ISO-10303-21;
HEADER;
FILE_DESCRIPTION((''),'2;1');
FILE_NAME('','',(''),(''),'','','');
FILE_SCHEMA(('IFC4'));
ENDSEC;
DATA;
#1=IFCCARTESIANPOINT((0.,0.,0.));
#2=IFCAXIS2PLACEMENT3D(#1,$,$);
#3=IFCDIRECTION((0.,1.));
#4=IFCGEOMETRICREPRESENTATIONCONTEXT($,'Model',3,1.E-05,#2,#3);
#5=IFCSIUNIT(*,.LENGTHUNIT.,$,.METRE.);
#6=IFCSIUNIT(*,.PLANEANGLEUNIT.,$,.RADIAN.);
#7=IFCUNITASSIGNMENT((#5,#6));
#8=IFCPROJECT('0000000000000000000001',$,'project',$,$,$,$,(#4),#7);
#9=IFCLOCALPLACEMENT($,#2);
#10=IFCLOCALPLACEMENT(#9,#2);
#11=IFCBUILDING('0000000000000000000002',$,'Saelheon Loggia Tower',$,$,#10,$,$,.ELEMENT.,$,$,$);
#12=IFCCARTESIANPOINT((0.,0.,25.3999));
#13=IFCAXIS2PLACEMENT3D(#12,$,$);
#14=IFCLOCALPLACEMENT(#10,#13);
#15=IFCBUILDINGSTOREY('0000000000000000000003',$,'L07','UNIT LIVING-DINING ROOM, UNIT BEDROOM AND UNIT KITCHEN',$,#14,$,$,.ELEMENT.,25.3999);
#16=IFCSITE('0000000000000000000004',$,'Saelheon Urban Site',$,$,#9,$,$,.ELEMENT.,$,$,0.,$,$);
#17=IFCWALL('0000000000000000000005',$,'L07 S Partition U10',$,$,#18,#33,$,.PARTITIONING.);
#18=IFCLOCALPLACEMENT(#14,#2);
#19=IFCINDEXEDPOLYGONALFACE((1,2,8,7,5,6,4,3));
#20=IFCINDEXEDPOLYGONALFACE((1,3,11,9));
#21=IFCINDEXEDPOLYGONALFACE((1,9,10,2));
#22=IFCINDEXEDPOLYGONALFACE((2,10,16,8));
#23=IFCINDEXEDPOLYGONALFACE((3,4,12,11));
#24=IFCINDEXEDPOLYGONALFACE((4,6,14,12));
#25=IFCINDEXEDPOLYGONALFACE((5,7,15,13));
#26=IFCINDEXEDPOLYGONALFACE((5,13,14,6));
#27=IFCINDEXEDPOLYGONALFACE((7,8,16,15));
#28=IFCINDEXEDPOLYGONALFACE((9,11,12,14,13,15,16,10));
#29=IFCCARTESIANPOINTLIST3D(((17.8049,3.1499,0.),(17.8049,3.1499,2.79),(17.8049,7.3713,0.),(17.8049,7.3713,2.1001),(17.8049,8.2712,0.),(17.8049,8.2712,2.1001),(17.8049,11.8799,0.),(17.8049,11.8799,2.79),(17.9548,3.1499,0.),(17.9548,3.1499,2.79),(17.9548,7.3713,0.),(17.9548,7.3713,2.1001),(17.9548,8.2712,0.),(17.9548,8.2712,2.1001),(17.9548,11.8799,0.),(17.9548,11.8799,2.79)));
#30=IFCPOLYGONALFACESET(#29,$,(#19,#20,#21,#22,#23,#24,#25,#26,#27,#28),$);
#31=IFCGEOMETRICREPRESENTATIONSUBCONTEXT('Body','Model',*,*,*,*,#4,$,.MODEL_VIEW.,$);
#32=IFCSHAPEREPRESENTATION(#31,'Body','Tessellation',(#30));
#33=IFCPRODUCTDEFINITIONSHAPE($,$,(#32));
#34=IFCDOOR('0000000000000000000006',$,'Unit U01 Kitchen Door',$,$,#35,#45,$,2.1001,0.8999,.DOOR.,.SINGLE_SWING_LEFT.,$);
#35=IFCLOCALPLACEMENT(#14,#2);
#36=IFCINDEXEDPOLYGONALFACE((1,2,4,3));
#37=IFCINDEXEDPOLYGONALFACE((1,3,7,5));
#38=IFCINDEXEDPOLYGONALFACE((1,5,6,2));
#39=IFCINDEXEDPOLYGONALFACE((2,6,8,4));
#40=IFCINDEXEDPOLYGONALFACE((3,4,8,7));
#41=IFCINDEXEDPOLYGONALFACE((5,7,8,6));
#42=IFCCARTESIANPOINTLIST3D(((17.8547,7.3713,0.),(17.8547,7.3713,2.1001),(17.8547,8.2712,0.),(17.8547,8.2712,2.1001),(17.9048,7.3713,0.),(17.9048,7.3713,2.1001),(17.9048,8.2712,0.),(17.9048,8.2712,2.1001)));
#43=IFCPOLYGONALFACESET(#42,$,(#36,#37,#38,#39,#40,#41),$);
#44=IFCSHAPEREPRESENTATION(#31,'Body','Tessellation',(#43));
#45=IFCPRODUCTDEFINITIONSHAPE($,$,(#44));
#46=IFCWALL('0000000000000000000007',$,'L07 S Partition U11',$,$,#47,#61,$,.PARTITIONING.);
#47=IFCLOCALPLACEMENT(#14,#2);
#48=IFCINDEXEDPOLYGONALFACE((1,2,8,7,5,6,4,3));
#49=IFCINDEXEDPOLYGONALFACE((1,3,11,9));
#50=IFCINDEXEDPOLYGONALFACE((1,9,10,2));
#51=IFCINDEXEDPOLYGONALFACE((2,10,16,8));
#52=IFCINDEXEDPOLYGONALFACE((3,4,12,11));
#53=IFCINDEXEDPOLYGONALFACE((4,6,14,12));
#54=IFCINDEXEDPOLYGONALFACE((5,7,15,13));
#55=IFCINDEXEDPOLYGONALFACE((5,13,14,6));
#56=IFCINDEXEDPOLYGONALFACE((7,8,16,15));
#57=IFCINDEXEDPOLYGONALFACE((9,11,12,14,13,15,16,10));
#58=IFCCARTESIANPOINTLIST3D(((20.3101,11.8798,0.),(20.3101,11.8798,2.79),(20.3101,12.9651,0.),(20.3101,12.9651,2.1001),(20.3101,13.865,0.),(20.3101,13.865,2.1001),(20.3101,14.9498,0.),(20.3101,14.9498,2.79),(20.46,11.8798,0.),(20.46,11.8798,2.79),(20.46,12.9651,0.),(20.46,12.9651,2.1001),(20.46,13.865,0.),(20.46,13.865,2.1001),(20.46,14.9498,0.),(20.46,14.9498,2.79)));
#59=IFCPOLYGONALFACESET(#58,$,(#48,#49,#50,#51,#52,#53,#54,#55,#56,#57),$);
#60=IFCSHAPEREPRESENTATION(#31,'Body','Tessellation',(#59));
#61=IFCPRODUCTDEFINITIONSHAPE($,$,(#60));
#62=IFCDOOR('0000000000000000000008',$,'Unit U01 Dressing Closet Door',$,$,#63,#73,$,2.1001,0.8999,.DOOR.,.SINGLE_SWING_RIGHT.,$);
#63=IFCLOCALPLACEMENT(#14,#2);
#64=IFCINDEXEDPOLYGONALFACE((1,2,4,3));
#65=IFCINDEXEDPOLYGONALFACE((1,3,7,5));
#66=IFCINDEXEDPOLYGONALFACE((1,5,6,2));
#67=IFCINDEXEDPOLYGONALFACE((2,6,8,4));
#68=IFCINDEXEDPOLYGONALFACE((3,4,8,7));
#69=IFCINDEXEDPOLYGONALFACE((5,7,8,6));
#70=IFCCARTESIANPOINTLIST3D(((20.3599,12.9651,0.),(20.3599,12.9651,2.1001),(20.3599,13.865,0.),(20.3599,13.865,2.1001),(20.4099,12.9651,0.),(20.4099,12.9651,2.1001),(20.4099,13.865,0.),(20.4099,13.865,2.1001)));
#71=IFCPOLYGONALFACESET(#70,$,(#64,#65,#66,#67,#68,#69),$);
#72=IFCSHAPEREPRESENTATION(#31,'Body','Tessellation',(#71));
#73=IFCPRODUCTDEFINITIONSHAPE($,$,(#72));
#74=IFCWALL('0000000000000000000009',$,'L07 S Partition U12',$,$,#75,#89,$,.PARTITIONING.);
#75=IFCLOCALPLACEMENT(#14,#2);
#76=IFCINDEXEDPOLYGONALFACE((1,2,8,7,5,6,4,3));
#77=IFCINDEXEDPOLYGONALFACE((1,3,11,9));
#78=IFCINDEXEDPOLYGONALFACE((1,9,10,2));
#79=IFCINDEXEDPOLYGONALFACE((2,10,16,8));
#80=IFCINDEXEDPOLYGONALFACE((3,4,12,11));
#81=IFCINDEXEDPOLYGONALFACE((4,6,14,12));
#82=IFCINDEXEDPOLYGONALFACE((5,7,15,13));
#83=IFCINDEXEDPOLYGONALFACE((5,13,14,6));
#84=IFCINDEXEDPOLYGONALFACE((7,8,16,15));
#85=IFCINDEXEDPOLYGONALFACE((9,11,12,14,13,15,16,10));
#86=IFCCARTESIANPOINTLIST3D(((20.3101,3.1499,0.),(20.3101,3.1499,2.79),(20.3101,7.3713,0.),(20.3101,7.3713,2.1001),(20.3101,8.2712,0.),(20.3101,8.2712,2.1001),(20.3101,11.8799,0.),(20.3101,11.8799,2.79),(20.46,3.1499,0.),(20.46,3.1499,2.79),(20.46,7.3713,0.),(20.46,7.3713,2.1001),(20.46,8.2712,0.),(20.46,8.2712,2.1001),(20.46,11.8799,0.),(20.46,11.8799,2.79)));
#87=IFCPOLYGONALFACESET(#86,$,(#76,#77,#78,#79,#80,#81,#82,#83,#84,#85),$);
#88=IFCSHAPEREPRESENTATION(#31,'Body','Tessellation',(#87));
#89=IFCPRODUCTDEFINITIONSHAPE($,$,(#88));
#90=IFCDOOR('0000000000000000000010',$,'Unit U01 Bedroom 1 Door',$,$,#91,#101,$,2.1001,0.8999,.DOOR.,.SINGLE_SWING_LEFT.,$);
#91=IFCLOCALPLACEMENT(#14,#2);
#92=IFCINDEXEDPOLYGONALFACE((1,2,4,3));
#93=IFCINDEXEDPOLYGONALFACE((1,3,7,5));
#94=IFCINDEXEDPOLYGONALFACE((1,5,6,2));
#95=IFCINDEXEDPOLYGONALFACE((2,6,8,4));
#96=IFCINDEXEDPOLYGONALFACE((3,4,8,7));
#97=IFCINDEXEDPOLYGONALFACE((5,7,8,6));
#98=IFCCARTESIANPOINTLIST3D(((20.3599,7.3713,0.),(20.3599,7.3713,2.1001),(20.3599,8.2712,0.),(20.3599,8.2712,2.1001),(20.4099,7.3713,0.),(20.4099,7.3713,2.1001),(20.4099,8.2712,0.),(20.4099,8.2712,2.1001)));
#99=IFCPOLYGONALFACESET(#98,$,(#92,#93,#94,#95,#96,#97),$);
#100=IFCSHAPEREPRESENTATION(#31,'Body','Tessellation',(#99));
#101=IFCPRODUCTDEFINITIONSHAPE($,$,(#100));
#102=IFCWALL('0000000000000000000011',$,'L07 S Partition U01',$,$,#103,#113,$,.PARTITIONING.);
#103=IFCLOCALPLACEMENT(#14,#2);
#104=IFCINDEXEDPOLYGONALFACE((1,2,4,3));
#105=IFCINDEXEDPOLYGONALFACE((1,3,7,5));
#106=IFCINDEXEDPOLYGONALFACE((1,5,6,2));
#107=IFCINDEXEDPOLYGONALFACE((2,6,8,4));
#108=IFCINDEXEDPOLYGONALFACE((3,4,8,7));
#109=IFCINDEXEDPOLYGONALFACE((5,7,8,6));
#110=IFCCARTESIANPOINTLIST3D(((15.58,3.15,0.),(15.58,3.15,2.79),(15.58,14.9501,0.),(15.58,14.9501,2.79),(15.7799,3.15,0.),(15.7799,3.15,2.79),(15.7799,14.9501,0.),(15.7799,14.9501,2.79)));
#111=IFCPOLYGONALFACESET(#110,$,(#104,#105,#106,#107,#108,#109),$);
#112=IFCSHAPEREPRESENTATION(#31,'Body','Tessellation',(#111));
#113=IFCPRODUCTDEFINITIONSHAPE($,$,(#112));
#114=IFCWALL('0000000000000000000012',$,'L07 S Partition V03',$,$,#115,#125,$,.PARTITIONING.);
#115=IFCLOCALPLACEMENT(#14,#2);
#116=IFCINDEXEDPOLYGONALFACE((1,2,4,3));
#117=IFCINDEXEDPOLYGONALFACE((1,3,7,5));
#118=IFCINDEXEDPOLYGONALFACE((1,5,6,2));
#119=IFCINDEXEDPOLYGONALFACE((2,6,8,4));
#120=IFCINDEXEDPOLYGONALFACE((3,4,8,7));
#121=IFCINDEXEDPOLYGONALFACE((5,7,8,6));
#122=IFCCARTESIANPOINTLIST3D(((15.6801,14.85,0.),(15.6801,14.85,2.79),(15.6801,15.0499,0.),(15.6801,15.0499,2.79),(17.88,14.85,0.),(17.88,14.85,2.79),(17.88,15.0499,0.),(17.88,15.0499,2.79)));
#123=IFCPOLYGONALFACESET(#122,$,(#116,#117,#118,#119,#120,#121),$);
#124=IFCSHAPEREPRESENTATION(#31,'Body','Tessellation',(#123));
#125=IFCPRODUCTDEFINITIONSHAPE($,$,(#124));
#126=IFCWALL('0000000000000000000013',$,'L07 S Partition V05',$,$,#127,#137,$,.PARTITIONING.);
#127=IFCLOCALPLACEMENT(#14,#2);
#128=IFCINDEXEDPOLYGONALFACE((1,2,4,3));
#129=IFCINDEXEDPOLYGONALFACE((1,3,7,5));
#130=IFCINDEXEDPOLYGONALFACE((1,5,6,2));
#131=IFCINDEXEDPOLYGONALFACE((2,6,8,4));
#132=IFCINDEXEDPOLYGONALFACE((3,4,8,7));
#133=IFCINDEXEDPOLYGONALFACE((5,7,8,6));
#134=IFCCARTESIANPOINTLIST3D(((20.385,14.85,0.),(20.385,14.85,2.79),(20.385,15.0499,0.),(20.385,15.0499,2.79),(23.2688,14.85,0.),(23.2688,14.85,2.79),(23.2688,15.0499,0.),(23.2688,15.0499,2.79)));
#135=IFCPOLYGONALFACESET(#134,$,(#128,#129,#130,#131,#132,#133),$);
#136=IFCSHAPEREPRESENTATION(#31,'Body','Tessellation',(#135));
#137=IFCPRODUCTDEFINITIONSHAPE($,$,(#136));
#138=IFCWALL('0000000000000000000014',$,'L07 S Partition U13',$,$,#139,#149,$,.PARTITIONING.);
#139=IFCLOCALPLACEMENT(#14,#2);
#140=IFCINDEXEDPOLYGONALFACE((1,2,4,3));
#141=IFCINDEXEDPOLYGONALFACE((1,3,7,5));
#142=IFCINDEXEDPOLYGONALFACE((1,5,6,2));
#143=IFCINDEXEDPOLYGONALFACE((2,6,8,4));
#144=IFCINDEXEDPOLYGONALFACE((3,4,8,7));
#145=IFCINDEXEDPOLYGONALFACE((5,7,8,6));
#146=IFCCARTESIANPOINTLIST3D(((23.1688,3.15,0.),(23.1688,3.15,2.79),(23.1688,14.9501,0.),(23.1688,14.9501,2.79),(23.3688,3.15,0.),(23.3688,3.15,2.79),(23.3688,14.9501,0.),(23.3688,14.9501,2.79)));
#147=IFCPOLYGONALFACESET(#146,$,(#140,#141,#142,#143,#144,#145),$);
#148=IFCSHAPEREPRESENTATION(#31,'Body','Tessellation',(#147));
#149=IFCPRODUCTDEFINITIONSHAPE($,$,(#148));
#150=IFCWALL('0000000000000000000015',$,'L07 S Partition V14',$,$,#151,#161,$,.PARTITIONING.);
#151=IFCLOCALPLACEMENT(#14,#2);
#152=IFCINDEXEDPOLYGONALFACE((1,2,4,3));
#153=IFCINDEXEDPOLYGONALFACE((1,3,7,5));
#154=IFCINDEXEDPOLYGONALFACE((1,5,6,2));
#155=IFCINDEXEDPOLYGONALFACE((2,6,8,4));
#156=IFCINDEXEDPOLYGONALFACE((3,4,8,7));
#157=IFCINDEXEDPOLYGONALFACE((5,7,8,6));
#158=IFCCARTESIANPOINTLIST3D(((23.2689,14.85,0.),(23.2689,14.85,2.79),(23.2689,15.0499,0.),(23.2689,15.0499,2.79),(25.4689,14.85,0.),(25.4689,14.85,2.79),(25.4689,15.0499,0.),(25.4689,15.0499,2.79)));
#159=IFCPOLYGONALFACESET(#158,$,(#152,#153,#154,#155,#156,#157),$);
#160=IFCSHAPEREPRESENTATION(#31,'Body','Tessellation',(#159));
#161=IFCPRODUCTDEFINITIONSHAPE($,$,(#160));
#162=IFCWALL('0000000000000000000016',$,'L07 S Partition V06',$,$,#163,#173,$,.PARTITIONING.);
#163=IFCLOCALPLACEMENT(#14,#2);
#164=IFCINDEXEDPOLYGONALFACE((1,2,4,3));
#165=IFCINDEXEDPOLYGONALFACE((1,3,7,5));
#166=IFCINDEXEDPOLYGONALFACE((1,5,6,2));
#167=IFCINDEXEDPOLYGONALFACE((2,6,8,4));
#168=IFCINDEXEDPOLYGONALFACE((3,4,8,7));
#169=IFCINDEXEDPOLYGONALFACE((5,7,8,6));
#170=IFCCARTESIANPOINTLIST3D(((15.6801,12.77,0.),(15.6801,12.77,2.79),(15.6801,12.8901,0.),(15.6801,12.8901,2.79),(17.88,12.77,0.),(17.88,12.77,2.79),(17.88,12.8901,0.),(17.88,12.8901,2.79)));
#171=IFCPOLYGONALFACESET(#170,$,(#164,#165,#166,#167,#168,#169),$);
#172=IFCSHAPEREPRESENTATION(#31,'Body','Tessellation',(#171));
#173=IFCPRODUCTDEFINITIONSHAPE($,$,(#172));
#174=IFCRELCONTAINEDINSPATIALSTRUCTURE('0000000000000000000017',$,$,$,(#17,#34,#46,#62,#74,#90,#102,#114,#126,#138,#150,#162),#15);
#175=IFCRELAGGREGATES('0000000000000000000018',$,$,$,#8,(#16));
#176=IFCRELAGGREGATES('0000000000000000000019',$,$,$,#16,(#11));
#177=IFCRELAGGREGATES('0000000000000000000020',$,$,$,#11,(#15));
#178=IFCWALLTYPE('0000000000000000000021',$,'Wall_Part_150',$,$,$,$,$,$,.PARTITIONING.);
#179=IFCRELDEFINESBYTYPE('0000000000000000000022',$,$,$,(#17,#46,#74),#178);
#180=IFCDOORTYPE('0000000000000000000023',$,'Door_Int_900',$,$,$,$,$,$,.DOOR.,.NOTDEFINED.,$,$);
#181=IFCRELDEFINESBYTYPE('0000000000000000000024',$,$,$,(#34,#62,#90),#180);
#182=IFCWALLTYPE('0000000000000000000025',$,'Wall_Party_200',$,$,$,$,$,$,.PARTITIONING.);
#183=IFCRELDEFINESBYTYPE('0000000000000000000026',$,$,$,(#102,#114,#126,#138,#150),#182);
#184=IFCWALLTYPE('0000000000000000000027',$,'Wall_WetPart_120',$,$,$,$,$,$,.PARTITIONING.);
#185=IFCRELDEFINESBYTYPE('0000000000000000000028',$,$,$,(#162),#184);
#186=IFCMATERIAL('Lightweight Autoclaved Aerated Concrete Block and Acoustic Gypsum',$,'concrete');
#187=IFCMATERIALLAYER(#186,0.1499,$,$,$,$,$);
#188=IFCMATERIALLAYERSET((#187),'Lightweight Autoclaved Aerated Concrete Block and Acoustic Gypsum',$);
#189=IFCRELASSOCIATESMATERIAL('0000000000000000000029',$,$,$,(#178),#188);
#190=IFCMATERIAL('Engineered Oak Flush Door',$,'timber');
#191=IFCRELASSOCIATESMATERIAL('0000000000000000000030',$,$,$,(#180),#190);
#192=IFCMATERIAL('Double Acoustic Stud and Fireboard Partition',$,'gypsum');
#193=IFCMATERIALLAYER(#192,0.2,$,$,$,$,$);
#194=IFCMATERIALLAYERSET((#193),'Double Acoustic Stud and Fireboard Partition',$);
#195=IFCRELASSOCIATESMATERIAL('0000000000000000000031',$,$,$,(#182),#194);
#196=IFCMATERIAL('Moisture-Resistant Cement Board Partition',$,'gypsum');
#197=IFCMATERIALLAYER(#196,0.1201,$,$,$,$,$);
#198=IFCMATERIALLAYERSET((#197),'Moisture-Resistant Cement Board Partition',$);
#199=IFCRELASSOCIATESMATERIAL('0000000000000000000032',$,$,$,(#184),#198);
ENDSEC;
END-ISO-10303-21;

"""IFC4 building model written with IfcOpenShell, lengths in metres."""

from ifc_helpers import new_model, si_unit, direction, frame, frame_2d, origin, place, context, subcontext, project, spatial, rectangle, extrude, source, transform, mapped, material, layer, layer_set, type_object, element, fill, save


model = new_model("IFC4")

# Units and contexts
model_context = context("Model", 3, precision=1e-05, world=origin(), true_north=direction((0.0, 1.0)))
body_context = subcontext(model_context, "Body", "Model", "MODEL_VIEW")
ifc_project = project(units=[si_unit("LENGTHUNIT", "METRE"), si_unit("PLANEANGLEUNIT", "RADIAN")], contexts=[model_context])

# Site, building, storey
site_placement = place(None, origin())
site = spatial("IfcSite", under=ifc_project, at=site_placement, Name="Saelheon Urban Site", CompositionType="ELEMENT", RefElevation=0.0)
building_placement = place(site_placement, origin())
building = spatial("IfcBuilding", under=site, at=building_placement, Name="Saelheon Loggia Tower", CompositionType="ELEMENT")
storey_placement = place(building_placement, frame((0.0, 0.0, 25.3999)))
storey = spatial("IfcBuildingStorey", under=building, at=storey_placement, Name="L07", Description="UNIT LIVING-DINING ROOM, UNIT BEDROOM AND UNIT KITCHEN", CompositionType="ELEMENT", Elevation=25.3999)

# Shared definitions
ifc_material_1 = material(Name="Lightweight Autoclaved Aerated Concrete Block and Acoustic Gypsum", Category="concrete")
ifc_layer_1 = layer(ifc_material_1, 0.1499)
ifc_layer_set_1 = layer_set([ifc_layer_1], Name="Lightweight Autoclaved Aerated Concrete Block and Acoustic Gypsum")
wall_type_1 = type_object("IfcWallType", Name="Wall_Part_150", PredefinedType="PARTITIONING", material=ifc_layer_set_1)

# Walls, openings, doors
wall_1_placement = place(storey_placement, frame((17.8799, 11.8799, 0.0), z_axis=(0.0, 0.0, 1.0), x_axis=(0.0, -1.0, 0.0)))
wall_1 = element("IfcWall", 1, at=wall_1_placement, inside=storey, type_object=wall_type_1, Name="L07 S Partition U10", PredefinedType="PARTITIONING", context=body_context, shape_type="SweptSolid", body=[
    extrude(rectangle(XDim=8.73, YDim=0.1499, at=frame_2d((4.365, 0.0))), origin(), (0.0, 0.0, 1.0), 2.79),
])
opening_1_placement = place(wall_1_placement, frame((3.6086, 0.0, 0.0)))
opening_1 = element("IfcOpeningElement", 2, at=opening_1_placement, cuts=wall_1, PredefinedType="OPENING", context=body_context, shape_type="SweptSolid", body=[
    extrude(rectangle(XDim=0.8999, YDim=2.1001, at=frame_2d((0.45, 1.05))), frame((0.0, 0.0869, 0.0), z_axis=(0.0, -1.0, 0.0), x_axis=(1.0, 0.0, 0.0)), (0.0, 0.0, 1.0), 0.1738),
])
ifc_material_2 = material(Name="Engineered Oak Flush Door", Category="timber")
door_type_1 = type_object("IfcDoorType", Name="Door_Int_900", OperationType="NOTDEFINED", PredefinedType="DOOR", material=ifc_material_2)
shared_shape_1 = source(origin(), body_context, "Body", "SweptSolid", [
    extrude(rectangle(XDim=0.8999, YDim=2.1001, at=frame_2d((0.45, 1.05))), frame((0.0, 0.0249, 0.0), z_axis=(0.0, -1.0, 0.0), x_axis=(1.0, 0.0, 0.0)), (0.0, 0.0, 1.0), 0.05),
])
door_1_placement = place(opening_1_placement, origin())
door_1 = element("IfcDoor", 3, at=door_1_placement, inside=storey, type_object=door_type_1, Name="Unit U01 Kitchen Door", OperationType="SINGLE_SWING_LEFT", OverallHeight=2.1001, OverallWidth=0.8999, PredefinedType="DOOR", context=body_context, shape_type="MappedRepresentation", body=[
    mapped(shared_shape_1, transform((0.0, 0.0, 0.0), scale=1.0)),
])
fill(opening_1, door_1)
wall_2_placement = place(storey_placement, frame((20.385, 14.95, 0.0), z_axis=(0.0, 0.0, 1.0), x_axis=(0.0, -1.0, 0.0)))
wall_2 = element("IfcWall", 4, at=wall_2_placement, inside=storey, type_object=wall_type_1, Name="L07 S Partition U11", PredefinedType="PARTITIONING", context=body_context, shape_type="SweptSolid", body=[
    extrude(rectangle(XDim=3.0701, YDim=0.1499, at=frame_2d((1.5352, 0.0))), origin(), (0.0, 0.0, 1.0), 2.79),
])
opening_2_placement = place(wall_2_placement, frame((1.085, 0.0, 0.0)))
opening_2 = element("IfcOpeningElement", 5, at=opening_2_placement, cuts=wall_2, PredefinedType="OPENING", context=body_context, shape_type="SweptSolid", body=[
    extrude(rectangle(XDim=0.8999, YDim=2.1001, at=frame_2d((0.45, 1.05))), frame((0.0, 0.0869, 0.0), z_axis=(0.0, -1.0, 0.0), x_axis=(1.0, 0.0, 0.0)), (0.0, 0.0, 1.0), 0.1738),
])
door_2_placement = place(opening_2_placement, origin())
door_2 = element("IfcDoor", 6, at=door_2_placement, inside=storey, type_object=door_type_1, Name="Unit U01 Dressing Closet Door", OperationType="SINGLE_SWING_RIGHT", OverallHeight=2.1001, OverallWidth=0.8999, PredefinedType="DOOR", context=body_context, shape_type="MappedRepresentation", body=[
    mapped(shared_shape_1, transform((0.0, 0.0, 0.0), scale=1.0)),
])
fill(opening_2, door_2)
wall_3_placement = place(storey_placement, frame((20.385, 11.8799, 0.0), z_axis=(0.0, 0.0, 1.0), x_axis=(0.0, -1.0, 0.0)))
wall_3 = element("IfcWall", 7, at=wall_3_placement, inside=storey, type_object=wall_type_1, Name="L07 S Partition U12", PredefinedType="PARTITIONING", context=body_context, shape_type="SweptSolid", body=[
    extrude(rectangle(XDim=8.73, YDim=0.1499, at=frame_2d((4.365, 0.0))), origin(), (0.0, 0.0, 1.0), 2.79),
])
opening_3_placement = place(wall_3_placement, frame((3.6086, 0.0, 0.0)))
opening_3 = element("IfcOpeningElement", 8, at=opening_3_placement, cuts=wall_3, PredefinedType="OPENING", context=body_context, shape_type="SweptSolid", body=[
    extrude(rectangle(XDim=0.8999, YDim=2.1001, at=frame_2d((0.45, 1.05))), frame((0.0, 0.0869, 0.0), z_axis=(0.0, -1.0, 0.0), x_axis=(1.0, 0.0, 0.0)), (0.0, 0.0, 1.0), 0.1738),
])
door_3_placement = place(opening_3_placement, origin())
door_3 = element("IfcDoor", 9, at=door_3_placement, inside=storey, type_object=door_type_1, Name="Unit U01 Bedroom 1 Door", OperationType="SINGLE_SWING_LEFT", OverallHeight=2.1001, OverallWidth=0.8999, PredefinedType="DOOR", context=body_context, shape_type="MappedRepresentation", body=[
    mapped(shared_shape_1, transform((0.0, 0.0, 0.0), scale=1.0)),
])
fill(opening_3, door_3)

# Walls
ifc_material_3 = material(Name="Double Acoustic Stud and Fireboard Partition", Category="gypsum")
ifc_layer_2 = layer(ifc_material_3, 0.2)
ifc_layer_set_2 = layer_set([ifc_layer_2], Name="Double Acoustic Stud and Fireboard Partition")
wall_type_2 = type_object("IfcWallType", Name="Wall_Party_200", PredefinedType="PARTITIONING", material=ifc_layer_set_2)
wall_4_placement = place(storey_placement, frame((15.6799, 14.95, 0.0), z_axis=(0.0, 0.0, 1.0), x_axis=(0.0, -1.0, 0.0)))
element("IfcWall", 10, at=wall_4_placement, inside=storey, type_object=wall_type_2, Name="L07 S Partition U01", PredefinedType="PARTITIONING", context=body_context, shape_type="SweptSolid", body=[
    extrude(rectangle(XDim=11.8, YDim=0.2, at=frame_2d((5.8999, 0.0))), origin(), (0.0, 0.0, 1.0), 2.79),
])
wall_5_placement = place(storey_placement, frame((15.6799, 14.95, 0.0), z_axis=(0.0, 0.0, 1.0), x_axis=(1.0, 0.0, 0.0)))
element("IfcWall", 11, at=wall_5_placement, inside=storey, type_object=wall_type_2, Name="L07 S Partition V03", PredefinedType="PARTITIONING", context=body_context, shape_type="SweptSolid", body=[
    extrude(rectangle(XDim=2.2, YDim=0.2, at=frame_2d((1.1001, 0.0))), origin(), (0.0, 0.0, 1.0), 2.79),
])

# Walls
wall_6_placement = place(storey_placement, frame((20.385, 14.95, 0.0), z_axis=(0.0, 0.0, 1.0), x_axis=(1.0, 0.0, 0.0)))
element("IfcWall", 12, at=wall_6_placement, inside=storey, type_object=wall_type_2, Name="L07 S Partition V05", PredefinedType="PARTITIONING", context=body_context, shape_type="SweptSolid", body=[
    extrude(rectangle(XDim=2.8838, YDim=0.2, at=frame_2d((1.4419, 0.0))), origin(), (0.0, 0.0, 1.0), 2.79),
])
wall_7_placement = place(storey_placement, frame((23.2688, 14.95, 0.0), z_axis=(0.0, 0.0, 1.0), x_axis=(0.0, -1.0, 0.0)))
element("IfcWall", 13, at=wall_7_placement, inside=storey, type_object=wall_type_2, Name="L07 S Partition U13", PredefinedType="PARTITIONING", context=body_context, shape_type="SweptSolid", body=[
    extrude(rectangle(XDim=11.8, YDim=0.2, at=frame_2d((5.8999, 0.0))), origin(), (0.0, 0.0, 1.0), 2.79),
])
wall_8_placement = place(storey_placement, frame((23.2688, 14.95, 0.0), z_axis=(0.0, 0.0, 1.0), x_axis=(1.0, 0.0, 0.0)))
element("IfcWall", 14, at=wall_8_placement, inside=storey, type_object=wall_type_2, Name="L07 S Partition V14", PredefinedType="PARTITIONING", context=body_context, shape_type="SweptSolid", body=[
    extrude(rectangle(XDim=2.2, YDim=0.2, at=frame_2d((1.1001, 0.0))), origin(), (0.0, 0.0, 1.0), 2.79),
])
ifc_material_4 = material(Name="Moisture-Resistant Cement Board Partition", Category="gypsum")
ifc_layer_3 = layer(ifc_material_4, 0.1201)
ifc_layer_set_3 = layer_set([ifc_layer_3], Name="Moisture-Resistant Cement Board Partition")
wall_type_3 = type_object("IfcWallType", Name="Wall_WetPart_120", PredefinedType="PARTITIONING", material=ifc_layer_set_3)
wall_9_placement = place(storey_placement, frame((15.6799, 12.8301, 0.0), z_axis=(0.0, 0.0, 1.0), x_axis=(1.0, 0.0, 0.0)))
element("IfcWall", 15, at=wall_9_placement, inside=storey, type_object=wall_type_3, Name="L07 S Partition V06", PredefinedType="PARTITIONING", context=body_context, shape_type="SweptSolid", body=[
    extrude(rectangle(XDim=2.2, YDim=0.1201, at=frame_2d((1.1001, 0.0))), origin(), (0.0, 0.0, 1.0), 2.79),
])

save(model, "model.ifc")
